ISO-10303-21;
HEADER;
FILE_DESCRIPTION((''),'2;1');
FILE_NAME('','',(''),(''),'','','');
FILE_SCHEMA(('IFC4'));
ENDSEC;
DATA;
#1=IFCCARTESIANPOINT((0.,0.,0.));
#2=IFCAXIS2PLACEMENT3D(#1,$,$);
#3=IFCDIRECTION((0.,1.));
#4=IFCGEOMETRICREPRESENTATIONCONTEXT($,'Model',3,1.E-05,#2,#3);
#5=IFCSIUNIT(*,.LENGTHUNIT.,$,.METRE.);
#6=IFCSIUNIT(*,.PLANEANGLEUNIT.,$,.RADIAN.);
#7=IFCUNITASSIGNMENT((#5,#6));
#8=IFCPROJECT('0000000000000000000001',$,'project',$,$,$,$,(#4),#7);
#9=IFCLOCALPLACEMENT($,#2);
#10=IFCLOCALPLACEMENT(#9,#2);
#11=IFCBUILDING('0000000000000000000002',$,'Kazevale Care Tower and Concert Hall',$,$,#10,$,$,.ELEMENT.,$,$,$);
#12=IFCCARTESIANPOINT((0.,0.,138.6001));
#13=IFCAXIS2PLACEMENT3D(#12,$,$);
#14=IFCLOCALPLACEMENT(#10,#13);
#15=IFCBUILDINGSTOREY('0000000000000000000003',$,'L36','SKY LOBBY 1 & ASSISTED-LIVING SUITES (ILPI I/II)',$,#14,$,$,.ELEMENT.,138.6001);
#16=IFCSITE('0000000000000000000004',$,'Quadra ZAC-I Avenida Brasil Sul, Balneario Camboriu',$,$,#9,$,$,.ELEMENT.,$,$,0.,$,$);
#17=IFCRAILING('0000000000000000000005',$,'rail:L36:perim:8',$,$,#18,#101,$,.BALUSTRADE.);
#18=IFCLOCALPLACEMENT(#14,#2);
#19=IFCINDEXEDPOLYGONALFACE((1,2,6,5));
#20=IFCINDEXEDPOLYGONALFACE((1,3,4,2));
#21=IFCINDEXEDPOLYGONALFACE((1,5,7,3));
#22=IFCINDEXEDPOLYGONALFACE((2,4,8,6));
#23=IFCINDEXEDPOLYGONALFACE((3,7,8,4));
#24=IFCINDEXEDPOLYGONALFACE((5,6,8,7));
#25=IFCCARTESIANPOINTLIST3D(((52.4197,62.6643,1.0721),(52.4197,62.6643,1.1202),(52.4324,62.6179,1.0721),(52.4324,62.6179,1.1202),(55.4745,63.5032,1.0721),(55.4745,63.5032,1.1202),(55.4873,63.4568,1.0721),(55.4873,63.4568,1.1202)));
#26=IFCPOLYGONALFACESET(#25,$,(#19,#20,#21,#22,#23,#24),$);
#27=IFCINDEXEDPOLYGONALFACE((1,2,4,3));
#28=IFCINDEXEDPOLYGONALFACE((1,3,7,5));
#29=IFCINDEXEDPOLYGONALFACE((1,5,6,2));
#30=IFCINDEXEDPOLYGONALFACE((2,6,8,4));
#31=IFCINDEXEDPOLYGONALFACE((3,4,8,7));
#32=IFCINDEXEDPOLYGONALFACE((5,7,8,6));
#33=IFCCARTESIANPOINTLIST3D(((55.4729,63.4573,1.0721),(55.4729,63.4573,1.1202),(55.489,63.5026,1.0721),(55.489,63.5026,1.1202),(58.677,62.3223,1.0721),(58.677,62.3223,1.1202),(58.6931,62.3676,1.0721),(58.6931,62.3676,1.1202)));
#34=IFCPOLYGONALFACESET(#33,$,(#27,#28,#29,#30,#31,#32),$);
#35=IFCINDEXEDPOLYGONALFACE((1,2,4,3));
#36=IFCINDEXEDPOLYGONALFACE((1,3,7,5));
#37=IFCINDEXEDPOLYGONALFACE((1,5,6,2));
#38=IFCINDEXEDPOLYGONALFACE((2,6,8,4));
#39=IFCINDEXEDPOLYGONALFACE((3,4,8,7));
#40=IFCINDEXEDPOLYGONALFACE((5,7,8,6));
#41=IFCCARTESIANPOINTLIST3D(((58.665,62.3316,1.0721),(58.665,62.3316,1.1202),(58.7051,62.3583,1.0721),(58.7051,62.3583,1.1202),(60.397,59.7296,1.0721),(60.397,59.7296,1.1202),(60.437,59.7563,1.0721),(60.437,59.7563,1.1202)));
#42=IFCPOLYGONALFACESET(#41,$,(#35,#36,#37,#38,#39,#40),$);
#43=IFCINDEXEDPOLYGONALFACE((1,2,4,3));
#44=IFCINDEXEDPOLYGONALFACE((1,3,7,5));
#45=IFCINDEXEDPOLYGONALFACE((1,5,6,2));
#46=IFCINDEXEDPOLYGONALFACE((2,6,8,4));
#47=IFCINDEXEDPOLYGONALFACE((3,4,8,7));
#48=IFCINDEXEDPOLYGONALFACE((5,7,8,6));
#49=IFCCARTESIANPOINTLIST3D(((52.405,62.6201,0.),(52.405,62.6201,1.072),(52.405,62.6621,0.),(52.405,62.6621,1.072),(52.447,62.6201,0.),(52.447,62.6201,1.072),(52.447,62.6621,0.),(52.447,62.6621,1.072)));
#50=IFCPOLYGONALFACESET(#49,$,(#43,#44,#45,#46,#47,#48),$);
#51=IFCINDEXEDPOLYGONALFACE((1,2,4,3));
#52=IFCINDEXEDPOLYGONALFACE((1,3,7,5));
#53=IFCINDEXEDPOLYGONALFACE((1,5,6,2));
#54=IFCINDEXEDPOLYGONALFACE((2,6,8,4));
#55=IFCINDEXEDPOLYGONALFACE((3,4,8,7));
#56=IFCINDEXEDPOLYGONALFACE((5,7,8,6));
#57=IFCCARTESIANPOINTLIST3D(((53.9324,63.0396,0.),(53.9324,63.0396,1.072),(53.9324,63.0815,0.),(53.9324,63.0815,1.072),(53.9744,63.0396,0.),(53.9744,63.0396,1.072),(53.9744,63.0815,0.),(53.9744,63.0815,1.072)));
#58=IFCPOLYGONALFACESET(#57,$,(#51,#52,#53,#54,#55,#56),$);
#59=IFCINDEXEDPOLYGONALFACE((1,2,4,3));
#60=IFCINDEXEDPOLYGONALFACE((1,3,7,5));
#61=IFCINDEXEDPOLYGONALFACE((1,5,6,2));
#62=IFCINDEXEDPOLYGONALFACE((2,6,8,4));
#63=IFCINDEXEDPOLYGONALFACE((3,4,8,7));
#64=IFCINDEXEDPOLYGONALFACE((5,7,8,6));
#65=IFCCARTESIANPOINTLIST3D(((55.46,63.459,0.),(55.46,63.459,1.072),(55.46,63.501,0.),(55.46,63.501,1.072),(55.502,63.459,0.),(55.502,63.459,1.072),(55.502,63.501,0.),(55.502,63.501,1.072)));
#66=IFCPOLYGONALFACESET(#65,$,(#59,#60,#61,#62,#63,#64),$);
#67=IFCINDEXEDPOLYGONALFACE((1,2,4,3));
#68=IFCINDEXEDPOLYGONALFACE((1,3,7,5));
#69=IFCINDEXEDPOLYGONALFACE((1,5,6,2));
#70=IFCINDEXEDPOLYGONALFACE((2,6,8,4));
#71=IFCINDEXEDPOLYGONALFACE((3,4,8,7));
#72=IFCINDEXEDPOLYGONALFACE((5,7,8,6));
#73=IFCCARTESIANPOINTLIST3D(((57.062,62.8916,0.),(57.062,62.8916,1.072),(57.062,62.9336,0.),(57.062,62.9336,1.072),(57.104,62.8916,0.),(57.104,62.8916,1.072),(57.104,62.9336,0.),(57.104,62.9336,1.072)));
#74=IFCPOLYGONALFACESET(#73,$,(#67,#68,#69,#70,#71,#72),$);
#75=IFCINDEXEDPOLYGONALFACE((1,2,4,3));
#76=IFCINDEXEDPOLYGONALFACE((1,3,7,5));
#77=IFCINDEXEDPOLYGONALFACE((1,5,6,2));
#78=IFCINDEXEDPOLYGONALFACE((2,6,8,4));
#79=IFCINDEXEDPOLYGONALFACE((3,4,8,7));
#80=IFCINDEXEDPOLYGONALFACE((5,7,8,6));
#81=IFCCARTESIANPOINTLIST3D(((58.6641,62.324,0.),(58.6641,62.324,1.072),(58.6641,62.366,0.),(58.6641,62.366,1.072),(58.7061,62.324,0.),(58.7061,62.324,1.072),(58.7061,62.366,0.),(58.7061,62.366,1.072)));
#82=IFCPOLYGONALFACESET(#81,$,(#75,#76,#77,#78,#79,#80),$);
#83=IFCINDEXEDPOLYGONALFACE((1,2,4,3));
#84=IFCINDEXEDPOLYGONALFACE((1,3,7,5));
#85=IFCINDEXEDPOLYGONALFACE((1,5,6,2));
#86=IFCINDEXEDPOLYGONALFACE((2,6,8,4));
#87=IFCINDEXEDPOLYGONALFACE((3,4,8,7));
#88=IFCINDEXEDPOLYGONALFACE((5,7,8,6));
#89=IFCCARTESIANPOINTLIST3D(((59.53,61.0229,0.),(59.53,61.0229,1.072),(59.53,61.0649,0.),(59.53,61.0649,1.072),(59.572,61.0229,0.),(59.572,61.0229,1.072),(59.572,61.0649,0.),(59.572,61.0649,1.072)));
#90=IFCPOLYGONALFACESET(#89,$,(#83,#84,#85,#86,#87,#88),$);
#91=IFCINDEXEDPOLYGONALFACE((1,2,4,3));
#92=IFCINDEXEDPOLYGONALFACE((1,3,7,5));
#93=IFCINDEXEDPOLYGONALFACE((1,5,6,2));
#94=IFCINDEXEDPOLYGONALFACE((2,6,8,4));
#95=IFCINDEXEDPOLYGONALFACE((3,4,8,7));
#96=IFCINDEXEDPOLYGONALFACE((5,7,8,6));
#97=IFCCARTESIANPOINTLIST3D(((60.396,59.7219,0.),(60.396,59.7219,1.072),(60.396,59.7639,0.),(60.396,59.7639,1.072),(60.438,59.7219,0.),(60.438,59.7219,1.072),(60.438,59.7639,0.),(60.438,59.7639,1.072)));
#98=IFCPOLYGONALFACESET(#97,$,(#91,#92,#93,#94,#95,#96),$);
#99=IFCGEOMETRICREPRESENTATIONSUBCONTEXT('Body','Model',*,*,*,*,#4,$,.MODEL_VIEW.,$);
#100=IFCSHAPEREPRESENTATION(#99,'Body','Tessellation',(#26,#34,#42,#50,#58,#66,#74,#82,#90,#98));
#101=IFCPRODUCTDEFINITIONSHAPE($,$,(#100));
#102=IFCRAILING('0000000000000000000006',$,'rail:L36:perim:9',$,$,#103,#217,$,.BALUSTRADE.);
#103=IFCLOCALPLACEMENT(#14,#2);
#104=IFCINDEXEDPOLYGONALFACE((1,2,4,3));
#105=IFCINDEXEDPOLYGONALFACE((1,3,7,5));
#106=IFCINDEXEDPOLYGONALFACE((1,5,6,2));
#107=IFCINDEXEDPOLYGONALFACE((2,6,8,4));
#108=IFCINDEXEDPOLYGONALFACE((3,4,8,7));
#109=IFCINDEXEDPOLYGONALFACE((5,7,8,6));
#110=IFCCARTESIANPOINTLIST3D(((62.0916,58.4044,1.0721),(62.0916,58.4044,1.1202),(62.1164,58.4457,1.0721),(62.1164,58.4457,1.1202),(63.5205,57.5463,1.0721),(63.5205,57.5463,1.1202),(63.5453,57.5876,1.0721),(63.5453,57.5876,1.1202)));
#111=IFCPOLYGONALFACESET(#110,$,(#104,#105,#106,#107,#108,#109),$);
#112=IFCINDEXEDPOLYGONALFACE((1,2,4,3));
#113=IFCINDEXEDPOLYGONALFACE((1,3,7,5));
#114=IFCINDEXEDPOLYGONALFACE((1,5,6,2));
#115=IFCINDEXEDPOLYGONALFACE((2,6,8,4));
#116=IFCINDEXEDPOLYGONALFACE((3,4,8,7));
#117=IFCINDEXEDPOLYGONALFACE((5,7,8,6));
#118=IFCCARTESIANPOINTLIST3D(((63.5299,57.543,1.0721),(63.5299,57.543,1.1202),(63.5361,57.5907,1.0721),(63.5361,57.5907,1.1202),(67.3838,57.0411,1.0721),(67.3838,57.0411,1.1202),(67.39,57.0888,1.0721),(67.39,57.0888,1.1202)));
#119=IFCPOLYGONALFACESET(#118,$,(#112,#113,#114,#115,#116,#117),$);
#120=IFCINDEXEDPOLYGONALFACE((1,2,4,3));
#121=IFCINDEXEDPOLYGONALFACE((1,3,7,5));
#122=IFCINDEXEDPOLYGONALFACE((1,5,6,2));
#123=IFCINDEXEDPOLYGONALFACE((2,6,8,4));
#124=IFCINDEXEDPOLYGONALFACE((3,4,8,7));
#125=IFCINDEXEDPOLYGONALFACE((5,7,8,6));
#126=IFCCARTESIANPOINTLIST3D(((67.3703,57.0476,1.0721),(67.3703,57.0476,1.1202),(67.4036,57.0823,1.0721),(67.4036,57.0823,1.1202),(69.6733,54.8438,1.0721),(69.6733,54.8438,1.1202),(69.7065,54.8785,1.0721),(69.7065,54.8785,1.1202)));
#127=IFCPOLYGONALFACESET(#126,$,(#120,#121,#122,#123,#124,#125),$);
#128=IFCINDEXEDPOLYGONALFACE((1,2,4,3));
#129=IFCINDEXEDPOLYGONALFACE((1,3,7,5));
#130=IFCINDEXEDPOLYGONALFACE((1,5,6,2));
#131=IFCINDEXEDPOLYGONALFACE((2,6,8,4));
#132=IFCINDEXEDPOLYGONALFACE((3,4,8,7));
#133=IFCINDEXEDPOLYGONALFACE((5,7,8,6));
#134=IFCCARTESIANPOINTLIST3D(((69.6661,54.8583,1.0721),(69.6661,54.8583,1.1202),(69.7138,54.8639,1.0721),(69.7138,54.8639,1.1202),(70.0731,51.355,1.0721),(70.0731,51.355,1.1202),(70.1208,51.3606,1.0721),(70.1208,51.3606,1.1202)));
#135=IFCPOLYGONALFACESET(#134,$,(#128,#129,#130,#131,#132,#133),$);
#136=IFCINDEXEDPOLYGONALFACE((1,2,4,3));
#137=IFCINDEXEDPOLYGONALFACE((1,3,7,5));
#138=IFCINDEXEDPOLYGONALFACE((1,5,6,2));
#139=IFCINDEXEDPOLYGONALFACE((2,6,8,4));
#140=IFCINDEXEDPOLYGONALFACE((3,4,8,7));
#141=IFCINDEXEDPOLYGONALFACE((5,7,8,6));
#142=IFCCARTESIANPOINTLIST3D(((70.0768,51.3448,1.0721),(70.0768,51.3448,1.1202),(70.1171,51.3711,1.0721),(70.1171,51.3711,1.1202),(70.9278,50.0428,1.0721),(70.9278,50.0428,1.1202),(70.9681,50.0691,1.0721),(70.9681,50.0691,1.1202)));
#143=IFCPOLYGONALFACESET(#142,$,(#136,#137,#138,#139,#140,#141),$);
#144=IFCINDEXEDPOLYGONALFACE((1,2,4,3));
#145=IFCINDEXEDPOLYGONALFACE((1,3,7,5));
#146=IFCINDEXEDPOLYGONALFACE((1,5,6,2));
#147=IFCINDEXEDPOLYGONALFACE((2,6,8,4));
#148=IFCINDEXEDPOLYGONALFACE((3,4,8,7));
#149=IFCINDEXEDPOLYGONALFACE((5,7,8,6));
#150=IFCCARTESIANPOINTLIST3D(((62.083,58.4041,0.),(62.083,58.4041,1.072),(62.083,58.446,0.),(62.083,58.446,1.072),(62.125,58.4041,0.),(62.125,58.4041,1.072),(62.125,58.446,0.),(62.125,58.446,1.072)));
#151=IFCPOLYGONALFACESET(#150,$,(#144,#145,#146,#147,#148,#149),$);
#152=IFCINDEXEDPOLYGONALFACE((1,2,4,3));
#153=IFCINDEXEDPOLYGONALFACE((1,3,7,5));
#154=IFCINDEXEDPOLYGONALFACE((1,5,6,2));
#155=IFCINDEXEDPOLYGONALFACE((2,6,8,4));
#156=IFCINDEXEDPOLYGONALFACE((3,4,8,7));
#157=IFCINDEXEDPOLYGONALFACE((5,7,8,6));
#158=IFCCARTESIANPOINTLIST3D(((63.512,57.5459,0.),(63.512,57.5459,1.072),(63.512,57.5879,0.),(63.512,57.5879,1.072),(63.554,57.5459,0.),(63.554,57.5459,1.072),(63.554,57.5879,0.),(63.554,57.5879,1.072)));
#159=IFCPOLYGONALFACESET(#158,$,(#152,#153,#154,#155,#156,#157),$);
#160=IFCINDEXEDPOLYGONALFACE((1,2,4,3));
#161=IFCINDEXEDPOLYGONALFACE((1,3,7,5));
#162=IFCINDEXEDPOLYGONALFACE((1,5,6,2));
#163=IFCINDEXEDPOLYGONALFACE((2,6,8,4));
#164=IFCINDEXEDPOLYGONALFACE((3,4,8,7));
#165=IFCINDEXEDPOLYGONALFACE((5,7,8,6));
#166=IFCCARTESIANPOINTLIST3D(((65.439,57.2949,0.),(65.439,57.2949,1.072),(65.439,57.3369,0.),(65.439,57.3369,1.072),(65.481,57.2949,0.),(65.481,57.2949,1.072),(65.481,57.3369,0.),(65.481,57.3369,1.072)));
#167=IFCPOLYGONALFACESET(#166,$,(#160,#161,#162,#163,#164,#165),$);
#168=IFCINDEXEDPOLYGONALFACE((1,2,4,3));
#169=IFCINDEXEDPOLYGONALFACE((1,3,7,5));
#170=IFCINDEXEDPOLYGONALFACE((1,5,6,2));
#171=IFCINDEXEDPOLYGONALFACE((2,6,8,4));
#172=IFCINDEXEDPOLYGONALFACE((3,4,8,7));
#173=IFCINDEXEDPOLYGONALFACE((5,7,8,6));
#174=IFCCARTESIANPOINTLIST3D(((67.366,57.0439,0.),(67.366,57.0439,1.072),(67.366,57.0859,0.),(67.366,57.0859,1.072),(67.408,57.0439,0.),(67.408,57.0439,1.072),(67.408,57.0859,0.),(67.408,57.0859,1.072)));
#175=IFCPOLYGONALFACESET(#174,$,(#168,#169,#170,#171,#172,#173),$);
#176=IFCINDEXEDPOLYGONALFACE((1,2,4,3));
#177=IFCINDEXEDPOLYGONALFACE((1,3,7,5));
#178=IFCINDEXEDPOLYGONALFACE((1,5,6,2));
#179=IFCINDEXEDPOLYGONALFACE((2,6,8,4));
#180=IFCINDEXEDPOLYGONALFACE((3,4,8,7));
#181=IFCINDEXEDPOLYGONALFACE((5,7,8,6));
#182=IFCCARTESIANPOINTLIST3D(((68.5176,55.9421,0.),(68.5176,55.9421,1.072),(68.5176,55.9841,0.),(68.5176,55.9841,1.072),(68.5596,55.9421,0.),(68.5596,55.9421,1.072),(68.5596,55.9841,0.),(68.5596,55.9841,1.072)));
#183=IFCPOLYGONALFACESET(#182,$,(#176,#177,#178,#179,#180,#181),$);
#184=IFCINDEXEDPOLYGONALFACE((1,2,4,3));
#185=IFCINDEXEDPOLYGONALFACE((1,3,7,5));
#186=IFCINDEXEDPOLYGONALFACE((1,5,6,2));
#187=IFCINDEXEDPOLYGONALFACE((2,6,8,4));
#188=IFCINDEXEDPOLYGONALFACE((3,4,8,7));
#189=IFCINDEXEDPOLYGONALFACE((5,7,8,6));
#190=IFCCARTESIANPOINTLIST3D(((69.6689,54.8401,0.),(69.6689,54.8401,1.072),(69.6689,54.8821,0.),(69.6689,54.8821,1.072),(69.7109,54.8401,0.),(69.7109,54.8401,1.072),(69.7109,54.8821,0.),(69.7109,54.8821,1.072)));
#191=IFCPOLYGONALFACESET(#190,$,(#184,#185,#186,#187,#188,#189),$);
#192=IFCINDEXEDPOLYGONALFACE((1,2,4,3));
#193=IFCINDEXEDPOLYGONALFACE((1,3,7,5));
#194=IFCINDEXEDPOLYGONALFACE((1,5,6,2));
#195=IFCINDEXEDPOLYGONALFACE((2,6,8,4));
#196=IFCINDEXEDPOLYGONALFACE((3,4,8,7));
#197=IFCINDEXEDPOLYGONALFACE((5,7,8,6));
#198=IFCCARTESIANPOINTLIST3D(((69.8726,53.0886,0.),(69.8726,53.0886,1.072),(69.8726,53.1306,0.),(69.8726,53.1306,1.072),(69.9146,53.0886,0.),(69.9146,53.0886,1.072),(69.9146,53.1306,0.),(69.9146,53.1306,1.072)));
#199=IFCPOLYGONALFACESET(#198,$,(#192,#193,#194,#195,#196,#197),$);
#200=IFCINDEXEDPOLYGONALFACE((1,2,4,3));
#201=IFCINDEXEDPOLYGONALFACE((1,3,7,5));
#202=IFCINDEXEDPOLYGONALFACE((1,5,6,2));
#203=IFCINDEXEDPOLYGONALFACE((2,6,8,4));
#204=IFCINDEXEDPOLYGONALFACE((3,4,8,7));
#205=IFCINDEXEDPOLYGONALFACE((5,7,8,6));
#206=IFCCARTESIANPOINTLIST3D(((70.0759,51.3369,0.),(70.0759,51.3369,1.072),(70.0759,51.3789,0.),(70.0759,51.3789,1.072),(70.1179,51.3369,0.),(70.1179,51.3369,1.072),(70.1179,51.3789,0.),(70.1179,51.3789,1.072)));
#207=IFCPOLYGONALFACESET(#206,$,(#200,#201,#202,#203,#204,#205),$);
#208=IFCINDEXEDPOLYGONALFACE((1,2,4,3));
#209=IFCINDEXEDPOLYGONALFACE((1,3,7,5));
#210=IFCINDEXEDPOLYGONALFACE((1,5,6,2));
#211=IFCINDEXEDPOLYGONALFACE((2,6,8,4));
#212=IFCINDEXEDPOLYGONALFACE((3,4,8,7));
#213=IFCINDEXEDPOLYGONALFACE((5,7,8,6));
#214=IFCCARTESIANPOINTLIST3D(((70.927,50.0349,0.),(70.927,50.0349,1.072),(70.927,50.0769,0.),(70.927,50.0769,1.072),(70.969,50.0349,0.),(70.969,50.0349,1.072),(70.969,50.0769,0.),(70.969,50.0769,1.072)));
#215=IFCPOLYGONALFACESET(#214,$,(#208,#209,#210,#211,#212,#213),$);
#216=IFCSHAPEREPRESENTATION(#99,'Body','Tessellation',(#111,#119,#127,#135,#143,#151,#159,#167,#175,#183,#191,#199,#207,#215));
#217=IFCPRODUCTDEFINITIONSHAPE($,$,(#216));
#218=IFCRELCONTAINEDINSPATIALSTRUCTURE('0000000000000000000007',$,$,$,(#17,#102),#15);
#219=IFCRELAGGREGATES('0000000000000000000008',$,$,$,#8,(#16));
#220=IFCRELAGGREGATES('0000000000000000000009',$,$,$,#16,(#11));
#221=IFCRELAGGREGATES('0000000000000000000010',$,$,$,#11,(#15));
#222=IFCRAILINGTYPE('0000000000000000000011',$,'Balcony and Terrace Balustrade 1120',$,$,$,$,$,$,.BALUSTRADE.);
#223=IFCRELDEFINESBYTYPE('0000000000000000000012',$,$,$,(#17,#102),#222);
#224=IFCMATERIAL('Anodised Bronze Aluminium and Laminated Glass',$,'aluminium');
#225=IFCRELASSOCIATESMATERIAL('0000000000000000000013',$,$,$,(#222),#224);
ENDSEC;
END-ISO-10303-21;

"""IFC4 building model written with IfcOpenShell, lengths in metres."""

from ifc_helpers import new_model, si_unit, direction, frame, origin, origin_2d, place, context, subcontext, project, spatial, rectangle, extrude, material, type_object, element, save


model = new_model("IFC4")

# Units and contexts
model_context = context("Model", 3, precision=1e-05, world=origin(), true_north=direction((0.0, 1.0)))
body_context = subcontext(model_context, "Body", "Model", "MODEL_VIEW")
ifc_project = project(units=[si_unit("LENGTHUNIT", "METRE"), si_unit("PLANEANGLEUNIT", "RADIAN")], contexts=[model_context])

# Site, building, storey
site_placement = place(None, origin())
site = spatial("IfcSite", under=ifc_project, at=site_placement, Name="Quadra ZAC-I Avenida Brasil Sul, Balneario Camboriu", CompositionType="ELEMENT", RefElevation=0.0)
building_placement = place(site_placement, origin())
building = spatial("IfcBuilding", under=site, at=building_placement, Name="Kazevale Care Tower and Concert Hall", CompositionType="ELEMENT")
storey_placement = place(building_placement, frame((0.0, 0.0, 138.6001)))
storey = spatial("IfcBuildingStorey", under=building, at=storey_placement, Name="L36", Description="SKY LOBBY 1 & ASSISTED-LIVING SUITES (ILPI I/II)", CompositionType="ELEMENT", Elevation=138.6001)

# Railings
ifc_material_1 = material(Name="Anodised Bronze Aluminium and Laminated Glass", Category="aluminium")
railing_type = type_object("IfcRailingType", Name="Balcony and Terrace Balustrade 1120", PredefinedType="BALUSTRADE", material=ifc_material_1)
railing_1_placement = place(storey_placement, frame((52.426, 62.6411, 0.0)))
element("IfcRailing", 1, at=railing_1_placement, inside=storey, type_object=railing_type, Name="rail:L36:perim:8", PredefinedType="BALUSTRADE", context=body_context, shape_type="SweptSolid", body=[
    extrude(rectangle(XDim=0.0481, YDim=0.0481, at=origin_2d()), frame((0.0, 0.0, 1.0962), z_axis=(0.964305, 0.264793, 0.0), x_axis=(-0.264793, 0.964305, 0.0)), (0.0, 0.0, 1.0), 3.168),
    extrude(rectangle(XDim=0.0481, YDim=0.0481, at=origin_2d()), frame((3.0549, 0.8389, 1.0962), z_axis=(0.942607, -0.333906, 0.0), x_axis=(0.333906, 0.942607, 0.0)), (0.0, 0.0, 1.0), 3.3992),
    extrude(rectangle(XDim=0.0481, YDim=0.0481, at=origin_2d()), frame((6.259, -0.2961, 1.0962), z_axis=(0.554087, -0.832459, 0.0), x_axis=(0.832459, 0.554087, 0.0)), (0.0, 0.0, 1.0), 3.1257),
    extrude(rectangle(XDim=0.042, YDim=0.042, at=origin_2d()), origin(), (0.0, 0.0, 1.0), 1.072),
    extrude(rectangle(XDim=0.042, YDim=0.042, at=origin_2d()), frame((1.5273, 0.4194, 0.0)), (0.0, 0.0, 1.0), 1.072),
    extrude(rectangle(XDim=0.042, YDim=0.042, at=origin_2d()), frame((3.0549, 0.8389, 0.0)), (0.0, 0.0, 1.0), 1.072),
    extrude(rectangle(XDim=0.042, YDim=0.042, at=origin_2d()), frame((4.657, 0.2715, 0.0)), (0.0, 0.0, 1.0), 1.072),
    extrude(rectangle(XDim=0.042, YDim=0.042, at=origin_2d()), frame((6.259, -0.2961, 0.0)), (0.0, 0.0, 1.0), 1.072),
    extrude(rectangle(XDim=0.042, YDim=0.042, at=origin_2d()), frame((7.125, -1.5972, 0.0)), (0.0, 0.0, 1.0), 1.072),
    extrude(rectangle(XDim=0.042, YDim=0.042, at=origin_2d()), frame((7.991, -2.8982, 0.0)), (0.0, 0.0, 1.0), 1.072),
])
railing_2_placement = place(storey_placement, frame((62.104, 58.425, 0.0)))
element("IfcRailing", 2, at=railing_2_placement, inside=storey, type_object=railing_type, Name="rail:L36:perim:9", PredefinedType="BALUSTRADE", context=body_context, shape_type="SweptSolid", body=[
    extrude(rectangle(XDim=0.0481, YDim=0.0481, at=origin_2d()), frame((0.0, 0.0, 1.0962), z_axis=(0.857286, -0.51484, 0.0), x_axis=(0.51484, 0.857286, 0.0)), (0.0, 0.0, 1.0), 1.6667),
    extrude(rectangle(XDim=0.0481, YDim=0.0481, at=origin_2d()), frame((1.429, -0.8582, 1.0962), z_axis=(0.991625, -0.129151, 0.0), x_axis=(0.129151, 0.991625, 0.0)), (0.0, 0.0, 1.0), 3.8865),
    extrude(rectangle(XDim=0.0481, YDim=0.0481, at=origin_2d()), frame((5.283, -1.3601, 1.0962), z_axis=(0.722484, -0.691388, 0.0), x_axis=(0.691388, 0.722484, 0.0)), (0.0, 0.0, 1.0), 3.1875),
    extrude(rectangle(XDim=0.0481, YDim=0.0481, at=origin_2d()), frame((7.5859, -3.564, 1.0962), z_axis=(0.115399, -0.993319, 0.0), x_axis=(0.993319, 0.115399, 0.0)), (0.0, 0.0, 1.0), 3.5269),
    extrude(rectangle(XDim=0.0481, YDim=0.0481, at=origin_2d()), frame((7.9929, -7.0671, 1.0962), z_axis=(0.547144, -0.837039, 0.0), x_axis=(0.837039, 0.547144, 0.0)), (0.0, 0.0, 1.0), 1.5554),
    extrude(rectangle(XDim=0.042, YDim=0.042, at=origin_2d()), origin(), (0.0, 0.0, 1.0), 1.072),
    extrude(rectangle(XDim=0.042, YDim=0.042, at=origin_2d()), frame((1.429, -0.8582, 0.0)), (0.0, 0.0, 1.0), 1.072),
    extrude(rectangle(XDim=0.042, YDim=0.042, at=origin_2d()), frame((3.356, -1.1091, 0.0)), (0.0, 0.0, 1.0), 1.072),
    extrude(rectangle(XDim=0.042, YDim=0.042, at=origin_2d()), frame((5.283, -1.3601, 0.0)), (0.0, 0.0, 1.0), 1.072),
    extrude(rectangle(XDim=0.042, YDim=0.042, at=origin_2d()), frame((6.4346, -2.4619, 0.0)), (0.0, 0.0, 1.0), 1.072),
    extrude(rectangle(XDim=0.042, YDim=0.042, at=origin_2d()), frame((7.5859, -3.564, 0.0)), (0.0, 0.0, 1.0), 1.072),
    extrude(rectangle(XDim=0.042, YDim=0.042, at=origin_2d()), frame((7.7896, -5.3154, 0.0)), (0.0, 0.0, 1.0), 1.072),
    extrude(rectangle(XDim=0.042, YDim=0.042, at=origin_2d()), frame((7.9929, -7.0671, 0.0)), (0.0, 0.0, 1.0), 1.072),
    extrude(rectangle(XDim=0.042, YDim=0.042, at=origin_2d()), frame((8.844, -8.3691, 0.0)), (0.0, 0.0, 1.0), 1.072),
])

save(model, "model.ifc")
